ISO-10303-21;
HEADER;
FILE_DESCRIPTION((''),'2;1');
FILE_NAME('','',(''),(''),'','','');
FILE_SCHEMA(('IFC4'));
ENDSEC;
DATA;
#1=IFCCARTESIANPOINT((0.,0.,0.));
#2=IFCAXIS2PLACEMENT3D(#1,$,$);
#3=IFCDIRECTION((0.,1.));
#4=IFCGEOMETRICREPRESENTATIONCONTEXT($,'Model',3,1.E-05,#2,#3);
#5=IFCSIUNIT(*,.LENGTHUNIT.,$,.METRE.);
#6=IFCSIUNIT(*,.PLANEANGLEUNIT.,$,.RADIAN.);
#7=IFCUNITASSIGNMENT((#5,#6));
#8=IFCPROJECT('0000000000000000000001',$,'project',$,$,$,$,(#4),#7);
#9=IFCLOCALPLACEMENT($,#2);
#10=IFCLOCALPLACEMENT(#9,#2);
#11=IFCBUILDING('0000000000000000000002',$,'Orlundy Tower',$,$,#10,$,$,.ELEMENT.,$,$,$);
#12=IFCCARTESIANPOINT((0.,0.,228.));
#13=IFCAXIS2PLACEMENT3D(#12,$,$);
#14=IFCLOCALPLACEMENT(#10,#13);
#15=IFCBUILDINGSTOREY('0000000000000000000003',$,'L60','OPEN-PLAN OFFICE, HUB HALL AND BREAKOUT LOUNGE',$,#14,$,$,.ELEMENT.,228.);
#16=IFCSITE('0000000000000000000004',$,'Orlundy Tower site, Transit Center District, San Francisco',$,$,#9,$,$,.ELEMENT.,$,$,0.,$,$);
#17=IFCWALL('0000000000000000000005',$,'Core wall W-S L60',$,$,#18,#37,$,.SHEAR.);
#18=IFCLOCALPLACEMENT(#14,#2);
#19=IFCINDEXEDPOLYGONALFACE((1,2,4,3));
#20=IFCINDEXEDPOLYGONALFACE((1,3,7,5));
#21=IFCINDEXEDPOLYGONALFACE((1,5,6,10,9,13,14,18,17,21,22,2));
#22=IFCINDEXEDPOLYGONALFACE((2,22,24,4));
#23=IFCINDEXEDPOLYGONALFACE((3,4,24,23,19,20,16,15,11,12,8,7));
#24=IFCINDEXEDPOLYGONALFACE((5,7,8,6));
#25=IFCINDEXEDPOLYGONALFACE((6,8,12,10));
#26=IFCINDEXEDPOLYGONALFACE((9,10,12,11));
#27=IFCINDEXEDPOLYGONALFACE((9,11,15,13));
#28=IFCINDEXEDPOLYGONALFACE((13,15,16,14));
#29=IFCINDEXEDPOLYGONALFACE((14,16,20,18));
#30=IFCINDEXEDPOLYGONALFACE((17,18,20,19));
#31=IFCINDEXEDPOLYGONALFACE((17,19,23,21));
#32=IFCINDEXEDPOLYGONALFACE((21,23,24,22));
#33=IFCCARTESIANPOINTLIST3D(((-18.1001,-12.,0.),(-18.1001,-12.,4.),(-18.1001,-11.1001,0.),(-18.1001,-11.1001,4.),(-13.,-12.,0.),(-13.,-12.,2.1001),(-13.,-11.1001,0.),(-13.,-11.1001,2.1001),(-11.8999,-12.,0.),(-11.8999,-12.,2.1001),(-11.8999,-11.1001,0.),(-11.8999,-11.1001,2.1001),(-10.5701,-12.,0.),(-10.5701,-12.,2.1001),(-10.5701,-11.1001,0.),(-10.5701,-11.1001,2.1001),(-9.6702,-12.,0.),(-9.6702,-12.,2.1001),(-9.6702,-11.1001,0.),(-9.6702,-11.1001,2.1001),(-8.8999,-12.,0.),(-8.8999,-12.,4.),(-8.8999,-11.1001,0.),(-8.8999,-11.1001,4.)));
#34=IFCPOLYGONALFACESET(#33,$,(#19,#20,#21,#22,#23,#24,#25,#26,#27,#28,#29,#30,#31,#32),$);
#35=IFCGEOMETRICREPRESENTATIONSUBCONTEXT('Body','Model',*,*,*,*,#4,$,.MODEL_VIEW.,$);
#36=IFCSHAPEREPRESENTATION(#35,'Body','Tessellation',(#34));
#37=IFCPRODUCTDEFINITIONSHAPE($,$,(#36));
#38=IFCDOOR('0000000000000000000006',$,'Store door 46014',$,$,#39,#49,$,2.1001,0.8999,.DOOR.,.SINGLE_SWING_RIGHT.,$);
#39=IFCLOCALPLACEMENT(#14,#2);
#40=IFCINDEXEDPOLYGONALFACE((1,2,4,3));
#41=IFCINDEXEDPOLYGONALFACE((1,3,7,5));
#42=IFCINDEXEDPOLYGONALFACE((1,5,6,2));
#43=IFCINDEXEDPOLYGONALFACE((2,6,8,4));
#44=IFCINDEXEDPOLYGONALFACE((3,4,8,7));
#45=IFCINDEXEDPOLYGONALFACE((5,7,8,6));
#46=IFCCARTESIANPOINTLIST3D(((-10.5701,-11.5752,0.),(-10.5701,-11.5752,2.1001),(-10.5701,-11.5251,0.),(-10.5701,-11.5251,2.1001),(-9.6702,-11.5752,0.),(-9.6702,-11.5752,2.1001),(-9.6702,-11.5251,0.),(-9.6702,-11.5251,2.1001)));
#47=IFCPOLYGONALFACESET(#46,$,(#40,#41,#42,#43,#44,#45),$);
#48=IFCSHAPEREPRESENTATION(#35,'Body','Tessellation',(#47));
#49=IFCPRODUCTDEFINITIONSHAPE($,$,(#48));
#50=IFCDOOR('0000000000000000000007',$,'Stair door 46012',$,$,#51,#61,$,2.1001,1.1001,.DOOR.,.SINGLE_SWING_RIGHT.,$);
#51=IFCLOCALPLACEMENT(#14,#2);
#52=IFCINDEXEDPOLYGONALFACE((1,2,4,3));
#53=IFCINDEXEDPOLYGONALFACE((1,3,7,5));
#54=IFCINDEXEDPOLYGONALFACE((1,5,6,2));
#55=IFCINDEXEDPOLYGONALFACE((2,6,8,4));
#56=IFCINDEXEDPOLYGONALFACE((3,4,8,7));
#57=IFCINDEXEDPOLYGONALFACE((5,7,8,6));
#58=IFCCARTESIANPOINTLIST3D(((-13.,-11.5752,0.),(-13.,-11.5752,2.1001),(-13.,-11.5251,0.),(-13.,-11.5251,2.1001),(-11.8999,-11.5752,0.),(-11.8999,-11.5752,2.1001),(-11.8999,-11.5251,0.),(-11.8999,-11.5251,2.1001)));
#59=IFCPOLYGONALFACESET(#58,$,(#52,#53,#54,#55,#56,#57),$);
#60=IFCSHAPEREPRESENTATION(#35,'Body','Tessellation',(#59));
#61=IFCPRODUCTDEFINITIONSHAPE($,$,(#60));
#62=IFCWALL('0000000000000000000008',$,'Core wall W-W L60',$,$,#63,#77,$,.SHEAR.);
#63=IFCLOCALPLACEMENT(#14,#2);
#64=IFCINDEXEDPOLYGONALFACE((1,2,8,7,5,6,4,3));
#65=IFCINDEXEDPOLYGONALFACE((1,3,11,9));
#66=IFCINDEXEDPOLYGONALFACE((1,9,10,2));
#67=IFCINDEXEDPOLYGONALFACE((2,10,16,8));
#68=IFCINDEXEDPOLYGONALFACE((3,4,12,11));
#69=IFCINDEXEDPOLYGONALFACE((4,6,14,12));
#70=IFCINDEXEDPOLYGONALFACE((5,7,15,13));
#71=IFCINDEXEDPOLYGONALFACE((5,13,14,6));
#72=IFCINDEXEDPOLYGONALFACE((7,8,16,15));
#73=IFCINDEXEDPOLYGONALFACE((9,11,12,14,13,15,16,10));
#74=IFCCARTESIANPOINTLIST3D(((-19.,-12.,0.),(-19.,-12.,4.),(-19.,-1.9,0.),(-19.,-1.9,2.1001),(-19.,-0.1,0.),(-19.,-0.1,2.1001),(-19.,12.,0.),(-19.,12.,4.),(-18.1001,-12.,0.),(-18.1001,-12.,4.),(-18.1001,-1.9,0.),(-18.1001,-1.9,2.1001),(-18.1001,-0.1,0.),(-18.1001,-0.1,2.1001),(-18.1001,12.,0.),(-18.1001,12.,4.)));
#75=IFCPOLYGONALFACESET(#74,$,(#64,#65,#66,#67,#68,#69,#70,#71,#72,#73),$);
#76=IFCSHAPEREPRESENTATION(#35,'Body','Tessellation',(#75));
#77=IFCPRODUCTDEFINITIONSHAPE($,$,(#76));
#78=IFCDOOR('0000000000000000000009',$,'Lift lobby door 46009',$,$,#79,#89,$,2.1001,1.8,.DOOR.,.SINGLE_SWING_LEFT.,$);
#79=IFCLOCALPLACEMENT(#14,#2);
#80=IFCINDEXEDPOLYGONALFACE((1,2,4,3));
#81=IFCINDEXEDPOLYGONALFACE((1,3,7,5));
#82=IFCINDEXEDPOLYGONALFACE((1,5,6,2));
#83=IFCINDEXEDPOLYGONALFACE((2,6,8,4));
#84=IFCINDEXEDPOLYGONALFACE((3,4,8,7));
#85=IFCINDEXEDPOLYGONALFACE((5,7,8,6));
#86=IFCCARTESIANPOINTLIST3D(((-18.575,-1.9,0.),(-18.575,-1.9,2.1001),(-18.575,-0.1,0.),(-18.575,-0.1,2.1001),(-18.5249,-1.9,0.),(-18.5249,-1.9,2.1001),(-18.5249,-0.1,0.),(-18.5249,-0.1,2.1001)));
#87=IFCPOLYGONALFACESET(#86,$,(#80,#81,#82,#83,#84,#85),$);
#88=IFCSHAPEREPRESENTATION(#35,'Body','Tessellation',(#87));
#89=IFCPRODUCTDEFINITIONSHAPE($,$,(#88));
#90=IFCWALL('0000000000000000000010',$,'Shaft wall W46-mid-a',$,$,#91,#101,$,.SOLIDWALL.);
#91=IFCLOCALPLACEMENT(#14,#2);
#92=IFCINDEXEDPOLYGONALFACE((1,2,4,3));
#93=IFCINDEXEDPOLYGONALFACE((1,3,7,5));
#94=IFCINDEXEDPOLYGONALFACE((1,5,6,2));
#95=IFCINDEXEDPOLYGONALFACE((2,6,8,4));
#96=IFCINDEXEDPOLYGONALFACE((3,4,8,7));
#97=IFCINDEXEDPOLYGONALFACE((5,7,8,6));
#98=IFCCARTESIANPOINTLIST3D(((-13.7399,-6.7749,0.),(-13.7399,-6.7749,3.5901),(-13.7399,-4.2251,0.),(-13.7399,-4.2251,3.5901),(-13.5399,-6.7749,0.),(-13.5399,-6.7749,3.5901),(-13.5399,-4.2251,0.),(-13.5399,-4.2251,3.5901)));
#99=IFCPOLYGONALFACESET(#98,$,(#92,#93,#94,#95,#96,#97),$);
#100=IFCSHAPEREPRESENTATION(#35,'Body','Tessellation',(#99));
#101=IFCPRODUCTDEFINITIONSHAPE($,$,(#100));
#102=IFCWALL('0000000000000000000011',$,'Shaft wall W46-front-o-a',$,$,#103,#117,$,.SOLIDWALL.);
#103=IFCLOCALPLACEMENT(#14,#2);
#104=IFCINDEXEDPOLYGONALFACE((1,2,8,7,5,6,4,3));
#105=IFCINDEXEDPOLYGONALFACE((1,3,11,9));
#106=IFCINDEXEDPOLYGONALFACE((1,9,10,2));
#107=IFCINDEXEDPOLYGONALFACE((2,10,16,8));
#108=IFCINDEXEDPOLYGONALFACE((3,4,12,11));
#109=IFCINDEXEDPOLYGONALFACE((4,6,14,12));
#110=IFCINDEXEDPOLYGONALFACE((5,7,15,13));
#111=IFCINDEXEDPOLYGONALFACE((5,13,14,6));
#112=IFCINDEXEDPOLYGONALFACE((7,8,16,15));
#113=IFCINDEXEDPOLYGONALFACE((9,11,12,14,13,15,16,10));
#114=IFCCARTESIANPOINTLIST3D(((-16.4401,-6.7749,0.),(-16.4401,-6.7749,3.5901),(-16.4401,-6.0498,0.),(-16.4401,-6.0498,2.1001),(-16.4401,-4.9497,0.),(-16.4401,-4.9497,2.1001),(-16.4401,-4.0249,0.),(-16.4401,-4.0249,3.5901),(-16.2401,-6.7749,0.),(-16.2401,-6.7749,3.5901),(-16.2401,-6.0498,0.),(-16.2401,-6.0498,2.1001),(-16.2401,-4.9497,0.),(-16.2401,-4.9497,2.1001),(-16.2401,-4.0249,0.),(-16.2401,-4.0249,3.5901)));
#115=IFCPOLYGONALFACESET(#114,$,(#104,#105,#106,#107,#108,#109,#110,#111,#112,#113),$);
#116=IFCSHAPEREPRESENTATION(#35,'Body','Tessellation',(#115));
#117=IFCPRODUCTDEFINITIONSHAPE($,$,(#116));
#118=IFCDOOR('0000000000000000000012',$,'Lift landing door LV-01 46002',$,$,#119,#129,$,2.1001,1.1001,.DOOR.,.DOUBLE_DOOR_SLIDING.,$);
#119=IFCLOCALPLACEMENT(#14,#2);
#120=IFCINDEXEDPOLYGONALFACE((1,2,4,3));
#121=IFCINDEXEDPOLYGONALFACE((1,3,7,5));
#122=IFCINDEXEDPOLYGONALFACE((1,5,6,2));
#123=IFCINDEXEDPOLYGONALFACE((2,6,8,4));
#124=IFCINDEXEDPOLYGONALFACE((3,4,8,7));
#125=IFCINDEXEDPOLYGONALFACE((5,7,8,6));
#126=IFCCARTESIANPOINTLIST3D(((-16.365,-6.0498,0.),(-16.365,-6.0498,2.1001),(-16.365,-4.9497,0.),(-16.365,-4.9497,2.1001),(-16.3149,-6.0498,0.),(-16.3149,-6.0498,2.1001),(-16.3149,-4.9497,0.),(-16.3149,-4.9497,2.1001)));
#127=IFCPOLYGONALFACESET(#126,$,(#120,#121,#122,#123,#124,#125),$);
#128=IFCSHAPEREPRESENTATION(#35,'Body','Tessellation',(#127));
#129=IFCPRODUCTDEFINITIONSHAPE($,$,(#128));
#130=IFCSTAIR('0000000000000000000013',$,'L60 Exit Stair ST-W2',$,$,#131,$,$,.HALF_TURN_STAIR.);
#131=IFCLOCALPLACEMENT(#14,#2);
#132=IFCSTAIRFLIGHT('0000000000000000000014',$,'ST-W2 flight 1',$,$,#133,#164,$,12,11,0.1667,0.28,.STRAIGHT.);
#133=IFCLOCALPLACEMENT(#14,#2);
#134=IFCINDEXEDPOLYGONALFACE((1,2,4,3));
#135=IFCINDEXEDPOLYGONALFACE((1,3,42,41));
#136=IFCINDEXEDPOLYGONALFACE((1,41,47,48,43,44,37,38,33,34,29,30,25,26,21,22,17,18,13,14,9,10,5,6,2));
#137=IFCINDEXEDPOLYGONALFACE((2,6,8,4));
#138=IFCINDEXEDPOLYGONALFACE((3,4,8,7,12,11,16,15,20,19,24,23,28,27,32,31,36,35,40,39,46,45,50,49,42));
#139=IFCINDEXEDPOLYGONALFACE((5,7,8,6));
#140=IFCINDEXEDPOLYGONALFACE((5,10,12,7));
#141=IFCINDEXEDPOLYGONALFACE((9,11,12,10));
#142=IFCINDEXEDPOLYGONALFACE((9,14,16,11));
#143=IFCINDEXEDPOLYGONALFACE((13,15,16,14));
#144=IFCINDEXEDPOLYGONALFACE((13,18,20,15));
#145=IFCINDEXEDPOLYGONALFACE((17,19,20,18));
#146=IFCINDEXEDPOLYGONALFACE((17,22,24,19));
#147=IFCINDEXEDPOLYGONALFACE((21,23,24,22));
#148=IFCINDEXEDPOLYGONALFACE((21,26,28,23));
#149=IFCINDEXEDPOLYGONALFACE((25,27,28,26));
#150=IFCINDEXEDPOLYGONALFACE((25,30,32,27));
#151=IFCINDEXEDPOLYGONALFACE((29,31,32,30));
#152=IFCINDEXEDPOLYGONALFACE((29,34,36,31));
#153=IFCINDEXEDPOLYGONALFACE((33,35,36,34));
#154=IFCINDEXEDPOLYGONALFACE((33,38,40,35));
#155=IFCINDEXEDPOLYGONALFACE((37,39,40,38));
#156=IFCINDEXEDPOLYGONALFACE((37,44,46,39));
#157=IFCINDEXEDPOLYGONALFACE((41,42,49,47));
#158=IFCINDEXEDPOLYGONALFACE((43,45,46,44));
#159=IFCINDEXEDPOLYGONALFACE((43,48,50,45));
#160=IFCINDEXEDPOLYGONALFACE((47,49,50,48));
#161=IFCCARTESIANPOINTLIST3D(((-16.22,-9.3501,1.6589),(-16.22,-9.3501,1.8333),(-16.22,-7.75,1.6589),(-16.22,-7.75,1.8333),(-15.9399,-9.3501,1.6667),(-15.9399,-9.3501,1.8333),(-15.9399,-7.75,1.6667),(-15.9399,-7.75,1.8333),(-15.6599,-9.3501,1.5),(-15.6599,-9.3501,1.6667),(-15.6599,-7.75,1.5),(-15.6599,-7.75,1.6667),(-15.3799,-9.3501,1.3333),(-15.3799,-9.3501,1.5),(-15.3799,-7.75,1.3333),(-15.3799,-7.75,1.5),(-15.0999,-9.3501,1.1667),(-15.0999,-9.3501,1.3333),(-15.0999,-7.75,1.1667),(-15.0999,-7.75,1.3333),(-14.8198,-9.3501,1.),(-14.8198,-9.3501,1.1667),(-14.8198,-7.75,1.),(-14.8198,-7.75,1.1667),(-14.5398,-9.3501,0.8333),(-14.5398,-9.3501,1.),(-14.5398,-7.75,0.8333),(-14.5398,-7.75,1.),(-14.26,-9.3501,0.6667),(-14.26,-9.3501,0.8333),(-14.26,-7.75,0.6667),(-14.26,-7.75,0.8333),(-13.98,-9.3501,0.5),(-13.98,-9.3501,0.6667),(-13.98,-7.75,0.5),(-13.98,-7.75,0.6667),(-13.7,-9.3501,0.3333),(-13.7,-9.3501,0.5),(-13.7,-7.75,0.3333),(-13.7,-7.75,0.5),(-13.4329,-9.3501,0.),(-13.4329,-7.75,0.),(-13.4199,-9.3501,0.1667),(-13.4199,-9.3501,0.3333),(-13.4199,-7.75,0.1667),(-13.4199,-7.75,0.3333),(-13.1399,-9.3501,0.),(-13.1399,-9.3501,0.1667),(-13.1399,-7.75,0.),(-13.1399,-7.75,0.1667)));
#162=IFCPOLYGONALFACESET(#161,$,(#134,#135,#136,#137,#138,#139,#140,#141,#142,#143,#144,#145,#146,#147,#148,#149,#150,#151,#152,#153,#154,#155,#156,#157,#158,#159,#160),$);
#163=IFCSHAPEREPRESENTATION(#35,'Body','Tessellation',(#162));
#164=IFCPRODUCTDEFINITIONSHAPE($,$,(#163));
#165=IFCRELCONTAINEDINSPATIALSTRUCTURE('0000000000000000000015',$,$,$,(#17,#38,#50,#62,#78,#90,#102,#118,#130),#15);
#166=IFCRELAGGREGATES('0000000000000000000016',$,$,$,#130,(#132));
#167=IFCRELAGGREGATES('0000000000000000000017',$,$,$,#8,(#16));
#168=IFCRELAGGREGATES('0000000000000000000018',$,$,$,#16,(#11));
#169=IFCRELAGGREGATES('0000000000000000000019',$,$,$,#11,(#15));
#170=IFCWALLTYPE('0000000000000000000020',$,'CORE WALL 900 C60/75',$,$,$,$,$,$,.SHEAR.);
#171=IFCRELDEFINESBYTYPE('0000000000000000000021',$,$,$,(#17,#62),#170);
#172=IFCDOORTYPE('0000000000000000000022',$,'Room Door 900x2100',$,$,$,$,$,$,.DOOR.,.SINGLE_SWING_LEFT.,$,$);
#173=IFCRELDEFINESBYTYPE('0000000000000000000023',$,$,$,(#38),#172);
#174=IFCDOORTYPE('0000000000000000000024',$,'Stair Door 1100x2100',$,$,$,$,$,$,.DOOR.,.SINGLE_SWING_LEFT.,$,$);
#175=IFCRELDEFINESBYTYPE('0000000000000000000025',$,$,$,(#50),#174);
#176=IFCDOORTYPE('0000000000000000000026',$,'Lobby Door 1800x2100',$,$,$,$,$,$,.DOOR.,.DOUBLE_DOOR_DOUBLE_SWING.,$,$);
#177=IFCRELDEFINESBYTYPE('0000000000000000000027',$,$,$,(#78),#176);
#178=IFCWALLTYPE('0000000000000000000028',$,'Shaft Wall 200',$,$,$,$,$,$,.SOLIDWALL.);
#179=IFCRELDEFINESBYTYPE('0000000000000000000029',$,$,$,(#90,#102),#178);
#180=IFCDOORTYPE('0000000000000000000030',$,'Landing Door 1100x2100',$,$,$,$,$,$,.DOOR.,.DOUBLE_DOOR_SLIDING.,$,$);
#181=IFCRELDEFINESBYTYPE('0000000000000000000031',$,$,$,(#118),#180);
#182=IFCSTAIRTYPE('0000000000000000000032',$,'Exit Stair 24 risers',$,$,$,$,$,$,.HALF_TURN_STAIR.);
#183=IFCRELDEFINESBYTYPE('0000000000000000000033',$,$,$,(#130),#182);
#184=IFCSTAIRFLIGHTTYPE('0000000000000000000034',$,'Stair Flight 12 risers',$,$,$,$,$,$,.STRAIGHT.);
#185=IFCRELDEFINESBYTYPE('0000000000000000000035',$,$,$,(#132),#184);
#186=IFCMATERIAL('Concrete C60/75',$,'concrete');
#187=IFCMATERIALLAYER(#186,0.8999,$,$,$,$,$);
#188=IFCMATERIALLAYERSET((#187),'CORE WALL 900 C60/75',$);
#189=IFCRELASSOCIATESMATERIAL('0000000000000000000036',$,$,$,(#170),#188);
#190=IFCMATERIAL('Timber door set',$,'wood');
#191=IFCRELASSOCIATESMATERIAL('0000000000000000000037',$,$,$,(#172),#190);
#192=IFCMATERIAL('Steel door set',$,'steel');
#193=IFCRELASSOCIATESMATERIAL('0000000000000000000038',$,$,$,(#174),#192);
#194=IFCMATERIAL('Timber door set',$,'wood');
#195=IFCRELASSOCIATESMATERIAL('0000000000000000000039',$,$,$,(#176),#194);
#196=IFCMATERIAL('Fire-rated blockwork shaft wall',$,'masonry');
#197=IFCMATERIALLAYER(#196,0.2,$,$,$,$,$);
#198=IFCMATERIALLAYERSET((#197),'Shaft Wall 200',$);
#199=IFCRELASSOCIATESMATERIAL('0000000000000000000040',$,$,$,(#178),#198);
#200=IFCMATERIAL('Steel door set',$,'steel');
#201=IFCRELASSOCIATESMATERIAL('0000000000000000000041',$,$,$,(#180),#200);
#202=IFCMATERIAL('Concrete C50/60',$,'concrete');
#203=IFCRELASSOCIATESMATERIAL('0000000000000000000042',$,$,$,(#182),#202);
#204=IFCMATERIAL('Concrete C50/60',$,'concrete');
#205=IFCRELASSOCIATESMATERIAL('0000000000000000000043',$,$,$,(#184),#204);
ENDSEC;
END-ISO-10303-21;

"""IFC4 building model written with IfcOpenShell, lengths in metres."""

from ifc_helpers import new_model, si_unit, direction, frame, frame_2d, origin, place, context, subcontext, project, spatial, polyline, rectangle, outline, extrude, material, layer, layer_set, type_object, element, fill, aggregate, save


model = new_model("IFC4")

# Units and contexts
model_context = context("Model", 3, precision=1e-05, world=origin(), true_north=direction((0.0, 1.0)))
body_context = subcontext(model_context, "Body", "Model", "MODEL_VIEW")
ifc_project = project(units=[si_unit("LENGTHUNIT", "METRE"), si_unit("PLANEANGLEUNIT", "RADIAN")], contexts=[model_context])

# Site, building, storey
site_placement = place(None, origin())
site = spatial("IfcSite", under=ifc_project, at=site_placement, Name="Orlundy Tower site, Transit Center District, San Francisco", CompositionType="ELEMENT", RefElevation=0.0)
building_placement = place(site_placement, origin())
building = spatial("IfcBuilding", under=site, at=building_placement, Name="Orlundy Tower", CompositionType="ELEMENT")
storey_placement = place(building_placement, frame((0.0, 0.0, 228.0)))
storey = spatial("IfcBuildingStorey", under=building, at=storey_placement, Name="L60", Description="OPEN-PLAN OFFICE, HUB HALL AND BREAKOUT LOUNGE", CompositionType="ELEMENT", Elevation=228.0)

# Wall, openings, doors
ifc_material_1 = material(Name="Concrete C60/75", Category="concrete")
ifc_layer_1 = layer(ifc_material_1, 0.8999)
ifc_layer_set_1 = layer_set([ifc_layer_1], Name="CORE WALL 900 C60/75")
wall_type_1 = type_object("IfcWallType", Name="CORE WALL 900 C60/75", PredefinedType="SHEAR", material=ifc_layer_set_1)
wall_1_placement = place(storey_placement, frame((-18.1001, -11.55, 0.0), z_axis=(0.0, 0.0, 1.0), x_axis=(1.0, 0.0, 0.0)))
wall_1 = element("IfcWall", 1, at=wall_1_placement, inside=storey, type_object=wall_type_1, Name="Core wall W-S L60", PredefinedType="SHEAR", context=body_context, shape_type="SweptSolid", body=[
    extrude(rectangle(XDim=9.2002, YDim=0.8999, at=frame_2d((4.6001, 0.0))), origin(), (0.0, 0.0, 1.0), 4.0),
])
opening_1_placement = place(wall_1_placement, frame((5.1001, 0.0, 0.0)))
opening_1 = element("IfcOpeningElement", 2, at=opening_1_placement, cuts=wall_1, PredefinedType="OPENING", context=body_context, shape_type="SweptSolid", body=[
    extrude(rectangle(XDim=1.1001, YDim=2.1001, at=frame_2d((0.55, 1.05))), frame((0.0, 0.46, 0.0), z_axis=(0.0, -1.0, 0.0), x_axis=(1.0, 0.0, 0.0)), (0.0, 0.0, 1.0), 0.9199),
])
opening_2_placement = place(wall_1_placement, frame((7.53, 0.0, 0.0)))
opening_2 = element("IfcOpeningElement", 3, at=opening_2_placement, cuts=wall_1, PredefinedType="OPENING", context=body_context, shape_type="SweptSolid", body=[
    extrude(rectangle(XDim=0.8999, YDim=2.1001, at=frame_2d((0.45, 1.05))), frame((0.0, 0.46, 0.0), z_axis=(0.0, -1.0, 0.0), x_axis=(1.0, 0.0, 0.0)), (0.0, 0.0, 1.0), 0.9199),
])
ifc_material_2 = material(Name="Timber door set", Category="wood")
door_type_1 = type_object("IfcDoorType", Name="Room Door 900x2100", OperationType="SINGLE_SWING_LEFT", PredefinedType="DOOR", material=ifc_material_2)
door_1_placement = place(opening_2_placement, origin())
door_1 = element("IfcDoor", 4, at=door_1_placement, inside=storey, type_object=door_type_1, Name="Store door 46014", OperationType="SINGLE_SWING_RIGHT", OverallHeight=2.1001, OverallWidth=0.8999, PredefinedType="DOOR", context=body_context, shape_type="SweptSolid", body=[
    extrude(rectangle(XDim=0.8999, YDim=2.1001, at=frame_2d((0.45, 1.05))), frame((0.0, 0.0249, 0.0), z_axis=(0.0, -1.0, 0.0), x_axis=(1.0, 0.0, 0.0)), (0.0, 0.0, 1.0), 0.05),
])
fill(opening_2, door_1)
ifc_material_3 = material(Name="Steel door set", Category="steel")
door_type_2 = type_object("IfcDoorType", Name="Stair Door 1100x2100", OperationType="SINGLE_SWING_LEFT", PredefinedType="DOOR", material=ifc_material_3)
door_2_placement = place(opening_1_placement, origin())
door_2 = element("IfcDoor", 5, at=door_2_placement, inside=storey, type_object=door_type_2, Name="Stair door 46012", OperationType="SINGLE_SWING_RIGHT", OverallHeight=2.1001, OverallWidth=1.1001, PredefinedType="DOOR", context=body_context, shape_type="SweptSolid", body=[
    extrude(rectangle(XDim=1.1001, YDim=2.1001, at=frame_2d((0.55, 1.05))), frame((0.0, 0.0249, 0.0), z_axis=(0.0, -1.0, 0.0), x_axis=(1.0, 0.0, 0.0)), (0.0, 0.0, 1.0), 0.05),
])
fill(opening_1, door_2)

# Wall, opening, door
wall_2_placement = place(storey_placement, frame((-18.55, -12.0, 0.0), z_axis=(0.0, 0.0, 1.0), x_axis=(0.0, 1.0, 0.0)))
wall_2 = element("IfcWall", 6, at=wall_2_placement, inside=storey, type_object=wall_type_1, Name="Core wall W-W L60", PredefinedType="SHEAR", context=body_context, shape_type="SweptSolid", body=[
    extrude(rectangle(XDim=24.0, YDim=0.8999, at=frame_2d((12.0, 0.0))), origin(), (0.0, 0.0, 1.0), 4.0),
])
opening_3_placement = place(wall_2_placement, frame((10.1001, 0.0, 0.0)))
opening_3 = element("IfcOpeningElement", 7, at=opening_3_placement, cuts=wall_2, PredefinedType="OPENING", context=body_context, shape_type="SweptSolid", body=[
    extrude(rectangle(XDim=1.8, YDim=2.1001, at=frame_2d((0.8999, 1.05))), frame((0.0, 0.46, 0.0), z_axis=(0.0, -1.0, 0.0), x_axis=(1.0, 0.0, 0.0)), (0.0, 0.0, 1.0), 0.9199),
])
ifc_material_4 = material(Name="Timber door set", Category="wood")
door_type_3 = type_object("IfcDoorType", Name="Lobby Door 1800x2100", OperationType="DOUBLE_DOOR_DOUBLE_SWING", PredefinedType="DOOR", material=ifc_material_4)
door_3_placement = place(opening_3_placement, origin())
door_3 = element("IfcDoor", 8, at=door_3_placement, inside=storey, type_object=door_type_3, Name="Lift lobby door 46009", OperationType="SINGLE_SWING_LEFT", OverallHeight=2.1001, OverallWidth=1.8, PredefinedType="DOOR", context=body_context, shape_type="SweptSolid", body=[
    extrude(rectangle(XDim=1.8, YDim=2.1001, at=frame_2d((0.8999, 1.05))), frame((0.0, 0.0249, 0.0), z_axis=(0.0, -1.0, 0.0), x_axis=(1.0, 0.0, 0.0)), (0.0, 0.0, 1.0), 0.05),
])
fill(opening_3, door_3)

# Wall
ifc_material_5 = material(Name="Fire-rated blockwork shaft wall", Category="masonry")
ifc_layer_2 = layer(ifc_material_5, 0.2)
ifc_layer_set_2 = layer_set([ifc_layer_2], Name="Shaft Wall 200")
wall_type_2 = type_object("IfcWallType", Name="Shaft Wall 200", PredefinedType="SOLIDWALL", material=ifc_layer_set_2)
wall_3_placement = place(storey_placement, frame((-13.6399, -6.7749, 0.0), z_axis=(0.0, 0.0, 1.0), x_axis=(0.0, 1.0, 0.0)))
element("IfcWall", 9, at=wall_3_placement, inside=storey, type_object=wall_type_2, Name="Shaft wall W46-mid-a", PredefinedType="SOLIDWALL", context=body_context, shape_type="SweptSolid", body=[
    extrude(rectangle(XDim=2.5498, YDim=0.2, at=frame_2d((1.2749, 0.0))), origin(), (0.0, 0.0, 1.0), 3.5901),
])

# Wall, opening, door
wall_4_placement = place(storey_placement, frame((-16.3401, -6.7749, 0.0), z_axis=(0.0, 0.0, 1.0), x_axis=(0.0, 1.0, 0.0)))
wall_4 = element("IfcWall", 10, at=wall_4_placement, inside=storey, type_object=wall_type_2, Name="Shaft wall W46-front-o-a", PredefinedType="SOLIDWALL", context=body_context, shape_type="SweptSolid", body=[
    extrude(rectangle(XDim=2.75, YDim=0.2, at=frame_2d((1.375, 0.0))), origin(), (0.0, 0.0, 1.0), 3.5901),
])
opening_4_placement = place(wall_4_placement, frame((0.7251, 0.0, 0.0)))
opening_4 = element("IfcOpeningElement", 11, at=opening_4_placement, cuts=wall_4, PredefinedType="OPENING", context=body_context, shape_type="SweptSolid", body=[
    extrude(rectangle(XDim=1.1001, YDim=2.1001, at=frame_2d((0.55, 1.05))), frame((0.0, 0.1101, 0.0), z_axis=(0.0, -1.0, 0.0), x_axis=(1.0, 0.0, 0.0)), (0.0, 0.0, 1.0), 0.2202),
])
ifc_material_6 = material(Name="Steel door set", Category="steel")
door_type_4 = type_object("IfcDoorType", Name="Landing Door 1100x2100", OperationType="DOUBLE_DOOR_SLIDING", PredefinedType="DOOR", material=ifc_material_6)
door_4_placement = place(opening_4_placement, origin())
door_4 = element("IfcDoor", 12, at=door_4_placement, inside=storey, type_object=door_type_4, Name="Lift landing door LV-01 46002", OperationType="DOUBLE_DOOR_SLIDING", OverallHeight=2.1001, OverallWidth=1.1001, PredefinedType="DOOR", context=body_context, shape_type="SweptSolid", body=[
    extrude(rectangle(XDim=1.1001, YDim=2.1001, at=frame_2d((0.55, 1.05))), frame((0.0, 0.0249, 0.0), z_axis=(0.0, -1.0, 0.0), x_axis=(1.0, 0.0, 0.0)), (0.0, 0.0, 1.0), 0.05),
])
fill(opening_4, door_4)

# Stair, stair flight
ifc_material_7 = material(Name="Concrete C50/60", Category="concrete")
stair_type = type_object("IfcStairType", Name="Exit Stair 24 risers", PredefinedType="HALF_TURN_STAIR", material=ifc_material_7)
stair_placement = place(storey_placement, origin())
stair = element("IfcStair", 13, at=stair_placement, inside=storey, type_object=stair_type, Name="L60 Exit Stair ST-W2", PredefinedType="HALF_TURN_STAIR")
ifc_material_8 = material(Name="Concrete C50/60", Category="concrete")
stair_flight_type = type_object("IfcStairFlightType", Name="Stair Flight 12 risers", PredefinedType="STRAIGHT", material=ifc_material_8)
stair_flight_1_placement = place(storey_placement, frame((-13.1399, -8.55, 0.0), z_axis=(0.0, 0.0, 1.0), x_axis=(-1.0, 0.0, 0.0)))
stair_flight_1 = element("IfcStairFlight", 14, at=stair_flight_1_placement, type_object=stair_flight_type, Name="ST-W2 flight 1", NumberOfRisers=12, NumberOfTreads=11, PredefinedType="STRAIGHT", RiserHeight=0.1667, TreadLength=0.28, context=body_context, shape_type="SweptSolid", body=[
    extrude(outline(polyline([(0.0, 0.0), (0.0, 0.1667), (0.28, 0.1667), (0.28, 0.3333), (0.5601, 0.3333), (0.5601, 0.5), (0.8401, 0.5), (0.8401, 0.6667), (1.1201, 0.6667), (1.1201, 0.8333), (1.3999, 0.8333), (1.3999, 1.0), (1.6799, 1.0), (1.6799, 1.1667), (1.96, 1.1667), (1.96, 1.3333), (2.24, 1.3333), (2.24, 1.5), (2.52, 1.5), (2.52, 1.6667), (2.8, 1.6667), (2.8, 1.8333), (3.0801, 1.8333), (3.0801, 2.0), (3.0801, 1.6589), (0.293, 0.0), (0.0, 0.0)])), frame((0.0, 0.8, 0.0), z_axis=(0.0, -1.0, 0.0), x_axis=(1.0, 0.0, 0.0)), (0.0, 0.0, 1.0), 1.6001),
])
aggregate(stair, [stair_flight_1])

save(model, "model.ifc")
